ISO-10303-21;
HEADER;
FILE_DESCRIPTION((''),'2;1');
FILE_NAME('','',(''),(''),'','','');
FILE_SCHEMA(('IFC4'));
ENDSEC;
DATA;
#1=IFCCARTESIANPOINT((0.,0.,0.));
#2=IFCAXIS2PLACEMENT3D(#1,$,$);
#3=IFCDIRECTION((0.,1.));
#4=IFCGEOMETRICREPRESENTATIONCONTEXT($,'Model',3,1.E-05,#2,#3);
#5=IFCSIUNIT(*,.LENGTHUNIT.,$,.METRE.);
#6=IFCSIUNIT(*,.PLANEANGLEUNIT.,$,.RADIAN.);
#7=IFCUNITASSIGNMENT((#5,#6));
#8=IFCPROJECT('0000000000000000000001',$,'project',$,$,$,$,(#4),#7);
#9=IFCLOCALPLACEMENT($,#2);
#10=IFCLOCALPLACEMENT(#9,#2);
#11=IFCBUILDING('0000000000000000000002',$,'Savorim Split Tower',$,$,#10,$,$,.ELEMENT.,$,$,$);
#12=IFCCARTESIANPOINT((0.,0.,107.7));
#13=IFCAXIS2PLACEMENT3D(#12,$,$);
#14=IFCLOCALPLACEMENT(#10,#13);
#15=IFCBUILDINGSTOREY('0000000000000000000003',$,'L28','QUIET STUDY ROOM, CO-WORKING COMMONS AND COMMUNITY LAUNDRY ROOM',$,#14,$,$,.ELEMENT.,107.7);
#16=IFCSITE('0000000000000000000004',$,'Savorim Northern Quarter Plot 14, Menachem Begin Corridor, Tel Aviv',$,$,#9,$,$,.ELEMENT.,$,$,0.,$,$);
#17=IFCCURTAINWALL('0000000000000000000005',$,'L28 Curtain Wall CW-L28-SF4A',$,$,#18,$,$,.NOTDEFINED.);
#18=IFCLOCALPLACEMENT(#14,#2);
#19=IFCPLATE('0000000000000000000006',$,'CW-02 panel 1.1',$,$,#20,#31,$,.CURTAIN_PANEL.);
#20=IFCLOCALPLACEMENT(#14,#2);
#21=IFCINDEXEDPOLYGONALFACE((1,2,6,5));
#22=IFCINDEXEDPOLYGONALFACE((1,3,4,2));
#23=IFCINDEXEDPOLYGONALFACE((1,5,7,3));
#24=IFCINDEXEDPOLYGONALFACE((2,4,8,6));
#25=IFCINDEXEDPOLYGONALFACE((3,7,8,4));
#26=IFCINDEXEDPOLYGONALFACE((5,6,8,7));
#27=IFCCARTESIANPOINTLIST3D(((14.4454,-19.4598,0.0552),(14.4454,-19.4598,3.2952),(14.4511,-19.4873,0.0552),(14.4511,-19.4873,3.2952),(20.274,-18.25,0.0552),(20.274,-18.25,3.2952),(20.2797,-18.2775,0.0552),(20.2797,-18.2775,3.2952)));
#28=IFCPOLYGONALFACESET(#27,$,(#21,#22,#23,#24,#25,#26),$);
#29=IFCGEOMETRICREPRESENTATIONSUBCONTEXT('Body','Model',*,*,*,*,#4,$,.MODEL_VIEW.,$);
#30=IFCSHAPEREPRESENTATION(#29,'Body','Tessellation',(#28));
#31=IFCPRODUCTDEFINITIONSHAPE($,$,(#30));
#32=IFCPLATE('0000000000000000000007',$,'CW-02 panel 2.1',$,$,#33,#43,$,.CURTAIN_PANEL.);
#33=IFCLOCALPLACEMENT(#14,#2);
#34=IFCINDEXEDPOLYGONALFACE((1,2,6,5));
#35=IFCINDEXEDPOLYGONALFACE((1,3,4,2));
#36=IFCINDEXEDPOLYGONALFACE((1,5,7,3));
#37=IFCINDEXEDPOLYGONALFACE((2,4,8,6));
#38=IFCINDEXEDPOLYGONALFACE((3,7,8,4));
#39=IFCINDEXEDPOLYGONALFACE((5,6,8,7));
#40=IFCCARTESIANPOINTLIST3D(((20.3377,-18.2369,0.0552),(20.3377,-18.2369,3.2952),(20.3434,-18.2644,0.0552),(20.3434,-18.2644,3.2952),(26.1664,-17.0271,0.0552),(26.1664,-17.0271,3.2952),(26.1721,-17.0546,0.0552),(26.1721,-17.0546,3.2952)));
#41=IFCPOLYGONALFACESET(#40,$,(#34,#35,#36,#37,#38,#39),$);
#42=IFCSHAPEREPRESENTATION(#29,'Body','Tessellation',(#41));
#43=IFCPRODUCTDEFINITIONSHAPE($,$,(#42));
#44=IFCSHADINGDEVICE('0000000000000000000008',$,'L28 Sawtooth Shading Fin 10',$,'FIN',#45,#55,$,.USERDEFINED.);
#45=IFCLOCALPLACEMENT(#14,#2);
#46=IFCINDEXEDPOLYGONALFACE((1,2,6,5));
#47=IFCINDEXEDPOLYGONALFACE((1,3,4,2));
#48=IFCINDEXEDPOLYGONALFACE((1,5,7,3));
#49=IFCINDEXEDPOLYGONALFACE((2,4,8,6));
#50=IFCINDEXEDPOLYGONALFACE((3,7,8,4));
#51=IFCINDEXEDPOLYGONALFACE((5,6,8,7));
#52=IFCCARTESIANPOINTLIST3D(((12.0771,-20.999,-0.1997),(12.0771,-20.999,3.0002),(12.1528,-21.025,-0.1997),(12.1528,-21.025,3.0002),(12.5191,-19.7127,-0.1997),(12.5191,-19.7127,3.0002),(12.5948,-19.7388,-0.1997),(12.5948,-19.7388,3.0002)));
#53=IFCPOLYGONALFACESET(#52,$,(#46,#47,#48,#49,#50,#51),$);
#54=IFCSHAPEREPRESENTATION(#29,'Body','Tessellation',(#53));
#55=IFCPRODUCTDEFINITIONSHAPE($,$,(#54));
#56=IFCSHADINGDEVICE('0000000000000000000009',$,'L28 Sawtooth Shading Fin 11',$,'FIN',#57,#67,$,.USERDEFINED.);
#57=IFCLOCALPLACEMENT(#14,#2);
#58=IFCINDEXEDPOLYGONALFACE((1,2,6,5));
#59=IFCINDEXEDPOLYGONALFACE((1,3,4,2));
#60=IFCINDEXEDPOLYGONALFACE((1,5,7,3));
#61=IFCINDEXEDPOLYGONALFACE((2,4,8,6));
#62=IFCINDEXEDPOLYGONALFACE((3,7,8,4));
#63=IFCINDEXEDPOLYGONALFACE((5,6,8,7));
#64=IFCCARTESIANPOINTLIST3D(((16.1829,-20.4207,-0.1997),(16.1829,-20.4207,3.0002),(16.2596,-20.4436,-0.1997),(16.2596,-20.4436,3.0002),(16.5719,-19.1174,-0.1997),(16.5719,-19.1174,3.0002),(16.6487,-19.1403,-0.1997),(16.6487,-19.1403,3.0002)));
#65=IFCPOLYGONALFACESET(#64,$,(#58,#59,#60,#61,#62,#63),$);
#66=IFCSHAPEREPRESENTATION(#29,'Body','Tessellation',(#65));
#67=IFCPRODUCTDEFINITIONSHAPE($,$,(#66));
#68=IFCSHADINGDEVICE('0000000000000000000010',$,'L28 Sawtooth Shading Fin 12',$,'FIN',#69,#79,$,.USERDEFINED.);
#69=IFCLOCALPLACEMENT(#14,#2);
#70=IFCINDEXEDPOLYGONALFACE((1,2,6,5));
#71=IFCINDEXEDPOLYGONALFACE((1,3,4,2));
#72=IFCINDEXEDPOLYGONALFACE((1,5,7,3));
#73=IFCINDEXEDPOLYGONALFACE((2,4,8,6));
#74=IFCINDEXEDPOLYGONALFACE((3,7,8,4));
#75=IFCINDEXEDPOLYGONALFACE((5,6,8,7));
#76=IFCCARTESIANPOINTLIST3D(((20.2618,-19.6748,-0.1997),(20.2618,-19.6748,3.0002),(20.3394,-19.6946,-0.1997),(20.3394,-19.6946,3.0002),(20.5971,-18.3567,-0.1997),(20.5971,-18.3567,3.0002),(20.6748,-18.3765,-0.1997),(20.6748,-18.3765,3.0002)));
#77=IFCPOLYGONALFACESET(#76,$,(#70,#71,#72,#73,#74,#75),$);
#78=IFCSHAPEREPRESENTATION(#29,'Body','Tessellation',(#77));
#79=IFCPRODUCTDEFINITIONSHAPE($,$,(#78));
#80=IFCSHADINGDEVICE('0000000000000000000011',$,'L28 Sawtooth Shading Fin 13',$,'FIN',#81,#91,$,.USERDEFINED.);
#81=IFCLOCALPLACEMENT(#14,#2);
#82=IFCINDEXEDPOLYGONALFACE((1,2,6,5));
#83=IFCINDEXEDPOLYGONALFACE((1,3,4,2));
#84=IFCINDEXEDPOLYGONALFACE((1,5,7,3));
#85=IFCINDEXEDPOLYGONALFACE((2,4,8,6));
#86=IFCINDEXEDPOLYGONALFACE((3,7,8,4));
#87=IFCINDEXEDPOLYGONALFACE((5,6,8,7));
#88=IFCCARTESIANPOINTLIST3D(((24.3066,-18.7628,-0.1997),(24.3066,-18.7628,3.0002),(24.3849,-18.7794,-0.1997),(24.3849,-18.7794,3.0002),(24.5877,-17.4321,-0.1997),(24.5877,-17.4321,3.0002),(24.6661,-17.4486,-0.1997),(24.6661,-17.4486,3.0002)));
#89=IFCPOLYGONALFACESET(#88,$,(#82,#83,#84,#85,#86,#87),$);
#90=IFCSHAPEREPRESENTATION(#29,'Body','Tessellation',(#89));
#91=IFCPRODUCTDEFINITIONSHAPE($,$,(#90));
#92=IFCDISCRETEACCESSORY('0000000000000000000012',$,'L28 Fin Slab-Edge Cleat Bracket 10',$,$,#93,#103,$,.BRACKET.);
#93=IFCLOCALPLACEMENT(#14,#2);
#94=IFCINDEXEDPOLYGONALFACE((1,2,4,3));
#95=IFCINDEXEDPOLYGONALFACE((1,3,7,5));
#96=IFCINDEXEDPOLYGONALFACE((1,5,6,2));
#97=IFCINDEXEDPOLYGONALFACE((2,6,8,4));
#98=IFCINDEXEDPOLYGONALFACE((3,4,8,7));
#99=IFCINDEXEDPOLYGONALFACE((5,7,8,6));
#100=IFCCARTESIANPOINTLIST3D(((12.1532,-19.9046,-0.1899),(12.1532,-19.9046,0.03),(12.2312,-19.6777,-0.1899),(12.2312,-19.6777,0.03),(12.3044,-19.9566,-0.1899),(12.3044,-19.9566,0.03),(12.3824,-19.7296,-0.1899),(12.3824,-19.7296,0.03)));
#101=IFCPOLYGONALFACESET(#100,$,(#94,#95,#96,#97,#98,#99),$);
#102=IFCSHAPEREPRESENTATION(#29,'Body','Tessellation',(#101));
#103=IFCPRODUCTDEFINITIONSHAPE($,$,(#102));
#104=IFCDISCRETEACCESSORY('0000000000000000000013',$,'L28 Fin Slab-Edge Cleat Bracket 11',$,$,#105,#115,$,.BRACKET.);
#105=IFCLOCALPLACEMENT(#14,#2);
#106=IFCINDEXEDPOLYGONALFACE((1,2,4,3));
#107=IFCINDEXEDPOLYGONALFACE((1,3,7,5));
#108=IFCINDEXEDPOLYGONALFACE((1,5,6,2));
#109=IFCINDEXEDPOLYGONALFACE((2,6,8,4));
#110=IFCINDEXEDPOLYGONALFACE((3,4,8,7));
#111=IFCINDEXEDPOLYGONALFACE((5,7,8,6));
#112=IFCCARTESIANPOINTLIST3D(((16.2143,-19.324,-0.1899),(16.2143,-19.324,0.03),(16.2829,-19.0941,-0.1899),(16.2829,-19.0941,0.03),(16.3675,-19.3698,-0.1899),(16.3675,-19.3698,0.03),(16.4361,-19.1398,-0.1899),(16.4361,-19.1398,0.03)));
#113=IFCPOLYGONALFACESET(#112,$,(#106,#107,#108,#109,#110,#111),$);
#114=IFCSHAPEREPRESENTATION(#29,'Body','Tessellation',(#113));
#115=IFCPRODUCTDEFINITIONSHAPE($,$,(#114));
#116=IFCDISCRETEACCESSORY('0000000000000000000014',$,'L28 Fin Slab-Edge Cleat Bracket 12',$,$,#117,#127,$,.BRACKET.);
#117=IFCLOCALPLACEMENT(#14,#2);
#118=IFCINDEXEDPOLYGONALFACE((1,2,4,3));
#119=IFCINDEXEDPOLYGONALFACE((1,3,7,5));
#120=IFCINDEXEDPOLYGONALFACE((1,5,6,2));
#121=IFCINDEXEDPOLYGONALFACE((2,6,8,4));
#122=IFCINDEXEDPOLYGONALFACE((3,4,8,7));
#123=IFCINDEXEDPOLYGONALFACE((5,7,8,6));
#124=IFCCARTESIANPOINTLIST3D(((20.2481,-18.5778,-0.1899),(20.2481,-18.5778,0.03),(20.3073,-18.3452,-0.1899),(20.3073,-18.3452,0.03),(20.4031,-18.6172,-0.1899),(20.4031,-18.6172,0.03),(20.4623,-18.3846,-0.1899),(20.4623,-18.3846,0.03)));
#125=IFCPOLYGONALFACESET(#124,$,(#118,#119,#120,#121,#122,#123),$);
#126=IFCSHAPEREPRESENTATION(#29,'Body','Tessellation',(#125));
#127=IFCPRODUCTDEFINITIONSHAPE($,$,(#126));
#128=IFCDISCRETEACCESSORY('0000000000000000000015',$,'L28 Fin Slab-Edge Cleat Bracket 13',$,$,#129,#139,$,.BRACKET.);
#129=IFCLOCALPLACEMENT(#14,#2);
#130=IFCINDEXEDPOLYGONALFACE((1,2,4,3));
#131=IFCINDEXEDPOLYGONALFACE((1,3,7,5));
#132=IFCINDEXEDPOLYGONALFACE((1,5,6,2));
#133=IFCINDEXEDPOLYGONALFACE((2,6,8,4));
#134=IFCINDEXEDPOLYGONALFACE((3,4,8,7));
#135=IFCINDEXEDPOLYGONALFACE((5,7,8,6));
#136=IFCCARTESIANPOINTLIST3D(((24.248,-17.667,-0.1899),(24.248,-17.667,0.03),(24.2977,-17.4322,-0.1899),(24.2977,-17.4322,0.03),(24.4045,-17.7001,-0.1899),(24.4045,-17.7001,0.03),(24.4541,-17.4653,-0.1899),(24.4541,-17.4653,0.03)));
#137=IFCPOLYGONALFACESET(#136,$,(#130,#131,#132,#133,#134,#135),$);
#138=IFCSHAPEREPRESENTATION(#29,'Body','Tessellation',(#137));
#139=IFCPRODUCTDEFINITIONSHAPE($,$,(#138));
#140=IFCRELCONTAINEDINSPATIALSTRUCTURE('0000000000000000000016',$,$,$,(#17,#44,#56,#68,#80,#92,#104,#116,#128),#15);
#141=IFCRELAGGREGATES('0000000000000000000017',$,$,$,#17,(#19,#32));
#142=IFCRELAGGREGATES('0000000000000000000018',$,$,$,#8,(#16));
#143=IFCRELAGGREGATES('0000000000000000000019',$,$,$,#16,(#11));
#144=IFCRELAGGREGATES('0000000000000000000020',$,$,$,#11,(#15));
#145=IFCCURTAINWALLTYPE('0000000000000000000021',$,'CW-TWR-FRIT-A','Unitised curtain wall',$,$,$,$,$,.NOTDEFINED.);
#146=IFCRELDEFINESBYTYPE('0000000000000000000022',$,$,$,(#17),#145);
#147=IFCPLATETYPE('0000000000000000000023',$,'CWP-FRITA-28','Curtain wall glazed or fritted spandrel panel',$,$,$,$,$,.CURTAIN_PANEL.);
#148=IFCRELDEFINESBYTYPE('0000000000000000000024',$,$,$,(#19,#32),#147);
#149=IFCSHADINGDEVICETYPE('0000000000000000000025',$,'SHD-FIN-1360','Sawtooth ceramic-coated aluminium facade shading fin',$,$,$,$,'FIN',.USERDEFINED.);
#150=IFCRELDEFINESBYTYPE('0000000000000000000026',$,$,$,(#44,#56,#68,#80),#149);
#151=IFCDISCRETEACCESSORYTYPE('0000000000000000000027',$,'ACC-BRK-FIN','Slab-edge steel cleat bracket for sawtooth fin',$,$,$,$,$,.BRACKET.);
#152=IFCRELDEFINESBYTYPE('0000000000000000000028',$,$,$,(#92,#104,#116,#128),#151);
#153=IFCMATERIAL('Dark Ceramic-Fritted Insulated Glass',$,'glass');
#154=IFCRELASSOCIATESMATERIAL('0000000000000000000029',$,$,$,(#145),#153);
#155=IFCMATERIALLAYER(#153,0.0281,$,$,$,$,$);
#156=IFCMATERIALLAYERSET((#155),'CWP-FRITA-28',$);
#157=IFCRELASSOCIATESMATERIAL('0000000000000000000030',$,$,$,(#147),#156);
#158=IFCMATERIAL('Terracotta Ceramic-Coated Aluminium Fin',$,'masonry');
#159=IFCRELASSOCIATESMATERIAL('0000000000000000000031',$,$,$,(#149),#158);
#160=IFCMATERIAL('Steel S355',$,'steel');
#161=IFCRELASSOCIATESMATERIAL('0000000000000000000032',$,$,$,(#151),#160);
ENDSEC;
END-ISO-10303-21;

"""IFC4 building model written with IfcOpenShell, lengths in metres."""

from ifc_helpers import new_model, si_unit, direction, frame, origin, origin_2d, place, context, subcontext, project, spatial, rectangle, extrude, material, layer, layer_set, type_object, element, aggregate, save


model = new_model("IFC4")

# Units and contexts
model_context = context("Model", 3, precision=1e-05, world=origin(), true_north=direction((0.0, 1.0)))
body_context = subcontext(model_context, "Body", "Model", "MODEL_VIEW")
ifc_project = project(units=[si_unit("LENGTHUNIT", "METRE"), si_unit("PLANEANGLEUNIT", "RADIAN")], contexts=[model_context])

# Site, building, storey
site_placement = place(None, origin())
site = spatial("IfcSite", under=ifc_project, at=site_placement, Name="Savorim Northern Quarter Plot 14, Menachem Begin Corridor, Tel Aviv", CompositionType="ELEMENT", RefElevation=0.0)
building_placement = place(site_placement, origin())
building = spatial("IfcBuilding", under=site, at=building_placement, Name="Savorim Split Tower", CompositionType="ELEMENT")
storey_placement = place(building_placement, frame((0.0, 0.0, 107.7)))
storey = spatial("IfcBuildingStorey", under=building, at=storey_placement, Name="L28", Description="QUIET STUDY ROOM, CO-WORKING COMMONS AND COMMUNITY LAUNDRY ROOM", CompositionType="ELEMENT", Elevation=107.7)

# Shared definitions
ifc_material_1 = material(Name="Steel S355", Category="steel")

# Shared definitions
ifc_material_2 = material(Name="Dark Ceramic-Fritted Insulated Glass", Category="glass")
curtain_wall_type = type_object("IfcCurtainWallType", Name="CW-TWR-FRIT-A", Description="Unitised curtain wall", PredefinedType="NOTDEFINED", material=ifc_material_2)

# Curtain wall, plates
curtain_wall_1_placement = place(storey_placement, origin())
curtain_wall_1 = element("IfcCurtainWall", 1, at=curtain_wall_1_placement, inside=storey, type_object=curtain_wall_type, Name="L28 Curtain Wall CW-L28-SF4A", PredefinedType="NOTDEFINED")
ifc_layer = layer(ifc_material_2, 0.0281)
ifc_layer_set = layer_set([ifc_layer], Name="CWP-FRITA-28")
plate_type = type_object("IfcPlateType", Name="CWP-FRITA-28", Description="Curtain wall glazed or fritted spandrel panel", PredefinedType="CURTAIN_PANEL", material=ifc_layer_set)
plate_1_placement = place(storey_placement, frame((17.3625, -18.8687, 0.0552), z_axis=(0.0, 0.0, 1.0), x_axis=(0.979134, 0.203216, 0.0)))
plate_1 = element("IfcPlate", 2, at=plate_1_placement, type_object=plate_type, Name="CW-02 panel 1.1", PredefinedType="CURTAIN_PANEL", context=body_context, shape_type="SweptSolid", body=[
    extrude(rectangle(XDim=5.9529, YDim=0.0281, at=origin_2d()), origin(), (0.0, 0.0, 1.0), 3.24),
])
plate_2_placement = place(storey_placement, frame((23.2549, -17.6458, 0.0552), z_axis=(0.0, 0.0, 1.0), x_axis=(0.979134, 0.203216, 0.0)))
plate_2 = element("IfcPlate", 3, at=plate_2_placement, type_object=plate_type, Name="CW-02 panel 2.1", PredefinedType="CURTAIN_PANEL", context=body_context, shape_type="SweptSolid", body=[
    extrude(rectangle(XDim=5.9529, YDim=0.0281, at=origin_2d()), origin(), (0.0, 0.0, 1.0), 3.24),
])
aggregate(curtain_wall_1, [plate_1, plate_2])

# Shading devices
ifc_material_3 = material(Name="Terracotta Ceramic-Coated Aluminium Fin", Category="masonry")
shading_device_type = type_object("IfcShadingDeviceType", Name="SHD-FIN-1360", Description="Sawtooth ceramic-coated aluminium facade shading fin", ElementType="FIN", PredefinedType="USERDEFINED", material=ifc_material_3)
for number, where, z_axis, x_axis, name in (
    (4, (12.3359, -20.3689, -0.1997), (0.0, 0.0, 1.0), (-0.324994, -0.945716, 0.0), "L28 Sawtooth Shading Fin 10"),
    (5, (16.4158, -19.7805, -0.1997), (0.0, 0.0, 1.0), (-0.286026, -0.958222, 0.0), "L28 Sawtooth Shading Fin 11"),
    (6, (20.4683, -19.0256, -0.1997), (0.0, 0.0, 1.0), (-0.246581, -0.969122, 0.0), "L28 Sawtooth Shading Fin 12"),
    (7, (24.4863, -18.1057, -0.1997), (0.0, 0.0, 1.0), (-0.206722, -0.9784, 0.0), "L28 Sawtooth Shading Fin 13"),
):
    element("IfcShadingDevice", number, at=place(storey_placement, frame(where, z_axis=z_axis, x_axis=x_axis)), inside=storey, type_object=shading_device_type, Name=name, ObjectType="FIN", PredefinedType="USERDEFINED", context=body_context, shape_type="SweptSolid", body=[
        extrude(rectangle(XDim=1.3601, YDim=0.0801, at=origin_2d()), origin(), (0.0, 0.0, 1.0), 3.2),
    ])

# Discrete accessories
discrete_accessory_type = type_object("IfcDiscreteAccessoryType", Name="ACC-BRK-FIN", Description="Slab-edge steel cleat bracket for sawtooth fin", PredefinedType="BRACKET", material=ifc_material_1)
for number, where, z_axis, x_axis, name in (
    (8, (12.2678, -19.8171, -0.1899), (0.0, 0.0, 1.0), (-0.324994, -0.945716, 0.0), "L28 Fin Slab-Edge Cleat Bracket 10"),
    (9, (16.3252, -19.2319, -0.1899), (0.0, 0.0, 1.0), (-0.286026, -0.958222, 0.0), "L28 Fin Slab-Edge Cleat Bracket 11"),
    (10, (20.3552, -18.4812, -0.1899), (0.0, 0.0, 1.0), (-0.246581, -0.969122, 0.0), "L28 Fin Slab-Edge Cleat Bracket 12"),
    (11, (24.3511, -17.5662, -0.1899), (0.0, 0.0, 1.0), (-0.206722, -0.9784, 0.0), "L28 Fin Slab-Edge Cleat Bracket 13"),
):
    element("IfcDiscreteAccessory", number, at=place(storey_placement, frame(where, z_axis=z_axis, x_axis=x_axis)), inside=storey, type_object=discrete_accessory_type, Name=name, PredefinedType="BRACKET", context=body_context, shape_type="SweptSolid", body=[
        extrude(rectangle(XDim=0.24, YDim=0.1599, at=origin_2d()), origin(), (0.0, 0.0, 1.0), 0.22),
    ])

save(model, "model.ifc")
